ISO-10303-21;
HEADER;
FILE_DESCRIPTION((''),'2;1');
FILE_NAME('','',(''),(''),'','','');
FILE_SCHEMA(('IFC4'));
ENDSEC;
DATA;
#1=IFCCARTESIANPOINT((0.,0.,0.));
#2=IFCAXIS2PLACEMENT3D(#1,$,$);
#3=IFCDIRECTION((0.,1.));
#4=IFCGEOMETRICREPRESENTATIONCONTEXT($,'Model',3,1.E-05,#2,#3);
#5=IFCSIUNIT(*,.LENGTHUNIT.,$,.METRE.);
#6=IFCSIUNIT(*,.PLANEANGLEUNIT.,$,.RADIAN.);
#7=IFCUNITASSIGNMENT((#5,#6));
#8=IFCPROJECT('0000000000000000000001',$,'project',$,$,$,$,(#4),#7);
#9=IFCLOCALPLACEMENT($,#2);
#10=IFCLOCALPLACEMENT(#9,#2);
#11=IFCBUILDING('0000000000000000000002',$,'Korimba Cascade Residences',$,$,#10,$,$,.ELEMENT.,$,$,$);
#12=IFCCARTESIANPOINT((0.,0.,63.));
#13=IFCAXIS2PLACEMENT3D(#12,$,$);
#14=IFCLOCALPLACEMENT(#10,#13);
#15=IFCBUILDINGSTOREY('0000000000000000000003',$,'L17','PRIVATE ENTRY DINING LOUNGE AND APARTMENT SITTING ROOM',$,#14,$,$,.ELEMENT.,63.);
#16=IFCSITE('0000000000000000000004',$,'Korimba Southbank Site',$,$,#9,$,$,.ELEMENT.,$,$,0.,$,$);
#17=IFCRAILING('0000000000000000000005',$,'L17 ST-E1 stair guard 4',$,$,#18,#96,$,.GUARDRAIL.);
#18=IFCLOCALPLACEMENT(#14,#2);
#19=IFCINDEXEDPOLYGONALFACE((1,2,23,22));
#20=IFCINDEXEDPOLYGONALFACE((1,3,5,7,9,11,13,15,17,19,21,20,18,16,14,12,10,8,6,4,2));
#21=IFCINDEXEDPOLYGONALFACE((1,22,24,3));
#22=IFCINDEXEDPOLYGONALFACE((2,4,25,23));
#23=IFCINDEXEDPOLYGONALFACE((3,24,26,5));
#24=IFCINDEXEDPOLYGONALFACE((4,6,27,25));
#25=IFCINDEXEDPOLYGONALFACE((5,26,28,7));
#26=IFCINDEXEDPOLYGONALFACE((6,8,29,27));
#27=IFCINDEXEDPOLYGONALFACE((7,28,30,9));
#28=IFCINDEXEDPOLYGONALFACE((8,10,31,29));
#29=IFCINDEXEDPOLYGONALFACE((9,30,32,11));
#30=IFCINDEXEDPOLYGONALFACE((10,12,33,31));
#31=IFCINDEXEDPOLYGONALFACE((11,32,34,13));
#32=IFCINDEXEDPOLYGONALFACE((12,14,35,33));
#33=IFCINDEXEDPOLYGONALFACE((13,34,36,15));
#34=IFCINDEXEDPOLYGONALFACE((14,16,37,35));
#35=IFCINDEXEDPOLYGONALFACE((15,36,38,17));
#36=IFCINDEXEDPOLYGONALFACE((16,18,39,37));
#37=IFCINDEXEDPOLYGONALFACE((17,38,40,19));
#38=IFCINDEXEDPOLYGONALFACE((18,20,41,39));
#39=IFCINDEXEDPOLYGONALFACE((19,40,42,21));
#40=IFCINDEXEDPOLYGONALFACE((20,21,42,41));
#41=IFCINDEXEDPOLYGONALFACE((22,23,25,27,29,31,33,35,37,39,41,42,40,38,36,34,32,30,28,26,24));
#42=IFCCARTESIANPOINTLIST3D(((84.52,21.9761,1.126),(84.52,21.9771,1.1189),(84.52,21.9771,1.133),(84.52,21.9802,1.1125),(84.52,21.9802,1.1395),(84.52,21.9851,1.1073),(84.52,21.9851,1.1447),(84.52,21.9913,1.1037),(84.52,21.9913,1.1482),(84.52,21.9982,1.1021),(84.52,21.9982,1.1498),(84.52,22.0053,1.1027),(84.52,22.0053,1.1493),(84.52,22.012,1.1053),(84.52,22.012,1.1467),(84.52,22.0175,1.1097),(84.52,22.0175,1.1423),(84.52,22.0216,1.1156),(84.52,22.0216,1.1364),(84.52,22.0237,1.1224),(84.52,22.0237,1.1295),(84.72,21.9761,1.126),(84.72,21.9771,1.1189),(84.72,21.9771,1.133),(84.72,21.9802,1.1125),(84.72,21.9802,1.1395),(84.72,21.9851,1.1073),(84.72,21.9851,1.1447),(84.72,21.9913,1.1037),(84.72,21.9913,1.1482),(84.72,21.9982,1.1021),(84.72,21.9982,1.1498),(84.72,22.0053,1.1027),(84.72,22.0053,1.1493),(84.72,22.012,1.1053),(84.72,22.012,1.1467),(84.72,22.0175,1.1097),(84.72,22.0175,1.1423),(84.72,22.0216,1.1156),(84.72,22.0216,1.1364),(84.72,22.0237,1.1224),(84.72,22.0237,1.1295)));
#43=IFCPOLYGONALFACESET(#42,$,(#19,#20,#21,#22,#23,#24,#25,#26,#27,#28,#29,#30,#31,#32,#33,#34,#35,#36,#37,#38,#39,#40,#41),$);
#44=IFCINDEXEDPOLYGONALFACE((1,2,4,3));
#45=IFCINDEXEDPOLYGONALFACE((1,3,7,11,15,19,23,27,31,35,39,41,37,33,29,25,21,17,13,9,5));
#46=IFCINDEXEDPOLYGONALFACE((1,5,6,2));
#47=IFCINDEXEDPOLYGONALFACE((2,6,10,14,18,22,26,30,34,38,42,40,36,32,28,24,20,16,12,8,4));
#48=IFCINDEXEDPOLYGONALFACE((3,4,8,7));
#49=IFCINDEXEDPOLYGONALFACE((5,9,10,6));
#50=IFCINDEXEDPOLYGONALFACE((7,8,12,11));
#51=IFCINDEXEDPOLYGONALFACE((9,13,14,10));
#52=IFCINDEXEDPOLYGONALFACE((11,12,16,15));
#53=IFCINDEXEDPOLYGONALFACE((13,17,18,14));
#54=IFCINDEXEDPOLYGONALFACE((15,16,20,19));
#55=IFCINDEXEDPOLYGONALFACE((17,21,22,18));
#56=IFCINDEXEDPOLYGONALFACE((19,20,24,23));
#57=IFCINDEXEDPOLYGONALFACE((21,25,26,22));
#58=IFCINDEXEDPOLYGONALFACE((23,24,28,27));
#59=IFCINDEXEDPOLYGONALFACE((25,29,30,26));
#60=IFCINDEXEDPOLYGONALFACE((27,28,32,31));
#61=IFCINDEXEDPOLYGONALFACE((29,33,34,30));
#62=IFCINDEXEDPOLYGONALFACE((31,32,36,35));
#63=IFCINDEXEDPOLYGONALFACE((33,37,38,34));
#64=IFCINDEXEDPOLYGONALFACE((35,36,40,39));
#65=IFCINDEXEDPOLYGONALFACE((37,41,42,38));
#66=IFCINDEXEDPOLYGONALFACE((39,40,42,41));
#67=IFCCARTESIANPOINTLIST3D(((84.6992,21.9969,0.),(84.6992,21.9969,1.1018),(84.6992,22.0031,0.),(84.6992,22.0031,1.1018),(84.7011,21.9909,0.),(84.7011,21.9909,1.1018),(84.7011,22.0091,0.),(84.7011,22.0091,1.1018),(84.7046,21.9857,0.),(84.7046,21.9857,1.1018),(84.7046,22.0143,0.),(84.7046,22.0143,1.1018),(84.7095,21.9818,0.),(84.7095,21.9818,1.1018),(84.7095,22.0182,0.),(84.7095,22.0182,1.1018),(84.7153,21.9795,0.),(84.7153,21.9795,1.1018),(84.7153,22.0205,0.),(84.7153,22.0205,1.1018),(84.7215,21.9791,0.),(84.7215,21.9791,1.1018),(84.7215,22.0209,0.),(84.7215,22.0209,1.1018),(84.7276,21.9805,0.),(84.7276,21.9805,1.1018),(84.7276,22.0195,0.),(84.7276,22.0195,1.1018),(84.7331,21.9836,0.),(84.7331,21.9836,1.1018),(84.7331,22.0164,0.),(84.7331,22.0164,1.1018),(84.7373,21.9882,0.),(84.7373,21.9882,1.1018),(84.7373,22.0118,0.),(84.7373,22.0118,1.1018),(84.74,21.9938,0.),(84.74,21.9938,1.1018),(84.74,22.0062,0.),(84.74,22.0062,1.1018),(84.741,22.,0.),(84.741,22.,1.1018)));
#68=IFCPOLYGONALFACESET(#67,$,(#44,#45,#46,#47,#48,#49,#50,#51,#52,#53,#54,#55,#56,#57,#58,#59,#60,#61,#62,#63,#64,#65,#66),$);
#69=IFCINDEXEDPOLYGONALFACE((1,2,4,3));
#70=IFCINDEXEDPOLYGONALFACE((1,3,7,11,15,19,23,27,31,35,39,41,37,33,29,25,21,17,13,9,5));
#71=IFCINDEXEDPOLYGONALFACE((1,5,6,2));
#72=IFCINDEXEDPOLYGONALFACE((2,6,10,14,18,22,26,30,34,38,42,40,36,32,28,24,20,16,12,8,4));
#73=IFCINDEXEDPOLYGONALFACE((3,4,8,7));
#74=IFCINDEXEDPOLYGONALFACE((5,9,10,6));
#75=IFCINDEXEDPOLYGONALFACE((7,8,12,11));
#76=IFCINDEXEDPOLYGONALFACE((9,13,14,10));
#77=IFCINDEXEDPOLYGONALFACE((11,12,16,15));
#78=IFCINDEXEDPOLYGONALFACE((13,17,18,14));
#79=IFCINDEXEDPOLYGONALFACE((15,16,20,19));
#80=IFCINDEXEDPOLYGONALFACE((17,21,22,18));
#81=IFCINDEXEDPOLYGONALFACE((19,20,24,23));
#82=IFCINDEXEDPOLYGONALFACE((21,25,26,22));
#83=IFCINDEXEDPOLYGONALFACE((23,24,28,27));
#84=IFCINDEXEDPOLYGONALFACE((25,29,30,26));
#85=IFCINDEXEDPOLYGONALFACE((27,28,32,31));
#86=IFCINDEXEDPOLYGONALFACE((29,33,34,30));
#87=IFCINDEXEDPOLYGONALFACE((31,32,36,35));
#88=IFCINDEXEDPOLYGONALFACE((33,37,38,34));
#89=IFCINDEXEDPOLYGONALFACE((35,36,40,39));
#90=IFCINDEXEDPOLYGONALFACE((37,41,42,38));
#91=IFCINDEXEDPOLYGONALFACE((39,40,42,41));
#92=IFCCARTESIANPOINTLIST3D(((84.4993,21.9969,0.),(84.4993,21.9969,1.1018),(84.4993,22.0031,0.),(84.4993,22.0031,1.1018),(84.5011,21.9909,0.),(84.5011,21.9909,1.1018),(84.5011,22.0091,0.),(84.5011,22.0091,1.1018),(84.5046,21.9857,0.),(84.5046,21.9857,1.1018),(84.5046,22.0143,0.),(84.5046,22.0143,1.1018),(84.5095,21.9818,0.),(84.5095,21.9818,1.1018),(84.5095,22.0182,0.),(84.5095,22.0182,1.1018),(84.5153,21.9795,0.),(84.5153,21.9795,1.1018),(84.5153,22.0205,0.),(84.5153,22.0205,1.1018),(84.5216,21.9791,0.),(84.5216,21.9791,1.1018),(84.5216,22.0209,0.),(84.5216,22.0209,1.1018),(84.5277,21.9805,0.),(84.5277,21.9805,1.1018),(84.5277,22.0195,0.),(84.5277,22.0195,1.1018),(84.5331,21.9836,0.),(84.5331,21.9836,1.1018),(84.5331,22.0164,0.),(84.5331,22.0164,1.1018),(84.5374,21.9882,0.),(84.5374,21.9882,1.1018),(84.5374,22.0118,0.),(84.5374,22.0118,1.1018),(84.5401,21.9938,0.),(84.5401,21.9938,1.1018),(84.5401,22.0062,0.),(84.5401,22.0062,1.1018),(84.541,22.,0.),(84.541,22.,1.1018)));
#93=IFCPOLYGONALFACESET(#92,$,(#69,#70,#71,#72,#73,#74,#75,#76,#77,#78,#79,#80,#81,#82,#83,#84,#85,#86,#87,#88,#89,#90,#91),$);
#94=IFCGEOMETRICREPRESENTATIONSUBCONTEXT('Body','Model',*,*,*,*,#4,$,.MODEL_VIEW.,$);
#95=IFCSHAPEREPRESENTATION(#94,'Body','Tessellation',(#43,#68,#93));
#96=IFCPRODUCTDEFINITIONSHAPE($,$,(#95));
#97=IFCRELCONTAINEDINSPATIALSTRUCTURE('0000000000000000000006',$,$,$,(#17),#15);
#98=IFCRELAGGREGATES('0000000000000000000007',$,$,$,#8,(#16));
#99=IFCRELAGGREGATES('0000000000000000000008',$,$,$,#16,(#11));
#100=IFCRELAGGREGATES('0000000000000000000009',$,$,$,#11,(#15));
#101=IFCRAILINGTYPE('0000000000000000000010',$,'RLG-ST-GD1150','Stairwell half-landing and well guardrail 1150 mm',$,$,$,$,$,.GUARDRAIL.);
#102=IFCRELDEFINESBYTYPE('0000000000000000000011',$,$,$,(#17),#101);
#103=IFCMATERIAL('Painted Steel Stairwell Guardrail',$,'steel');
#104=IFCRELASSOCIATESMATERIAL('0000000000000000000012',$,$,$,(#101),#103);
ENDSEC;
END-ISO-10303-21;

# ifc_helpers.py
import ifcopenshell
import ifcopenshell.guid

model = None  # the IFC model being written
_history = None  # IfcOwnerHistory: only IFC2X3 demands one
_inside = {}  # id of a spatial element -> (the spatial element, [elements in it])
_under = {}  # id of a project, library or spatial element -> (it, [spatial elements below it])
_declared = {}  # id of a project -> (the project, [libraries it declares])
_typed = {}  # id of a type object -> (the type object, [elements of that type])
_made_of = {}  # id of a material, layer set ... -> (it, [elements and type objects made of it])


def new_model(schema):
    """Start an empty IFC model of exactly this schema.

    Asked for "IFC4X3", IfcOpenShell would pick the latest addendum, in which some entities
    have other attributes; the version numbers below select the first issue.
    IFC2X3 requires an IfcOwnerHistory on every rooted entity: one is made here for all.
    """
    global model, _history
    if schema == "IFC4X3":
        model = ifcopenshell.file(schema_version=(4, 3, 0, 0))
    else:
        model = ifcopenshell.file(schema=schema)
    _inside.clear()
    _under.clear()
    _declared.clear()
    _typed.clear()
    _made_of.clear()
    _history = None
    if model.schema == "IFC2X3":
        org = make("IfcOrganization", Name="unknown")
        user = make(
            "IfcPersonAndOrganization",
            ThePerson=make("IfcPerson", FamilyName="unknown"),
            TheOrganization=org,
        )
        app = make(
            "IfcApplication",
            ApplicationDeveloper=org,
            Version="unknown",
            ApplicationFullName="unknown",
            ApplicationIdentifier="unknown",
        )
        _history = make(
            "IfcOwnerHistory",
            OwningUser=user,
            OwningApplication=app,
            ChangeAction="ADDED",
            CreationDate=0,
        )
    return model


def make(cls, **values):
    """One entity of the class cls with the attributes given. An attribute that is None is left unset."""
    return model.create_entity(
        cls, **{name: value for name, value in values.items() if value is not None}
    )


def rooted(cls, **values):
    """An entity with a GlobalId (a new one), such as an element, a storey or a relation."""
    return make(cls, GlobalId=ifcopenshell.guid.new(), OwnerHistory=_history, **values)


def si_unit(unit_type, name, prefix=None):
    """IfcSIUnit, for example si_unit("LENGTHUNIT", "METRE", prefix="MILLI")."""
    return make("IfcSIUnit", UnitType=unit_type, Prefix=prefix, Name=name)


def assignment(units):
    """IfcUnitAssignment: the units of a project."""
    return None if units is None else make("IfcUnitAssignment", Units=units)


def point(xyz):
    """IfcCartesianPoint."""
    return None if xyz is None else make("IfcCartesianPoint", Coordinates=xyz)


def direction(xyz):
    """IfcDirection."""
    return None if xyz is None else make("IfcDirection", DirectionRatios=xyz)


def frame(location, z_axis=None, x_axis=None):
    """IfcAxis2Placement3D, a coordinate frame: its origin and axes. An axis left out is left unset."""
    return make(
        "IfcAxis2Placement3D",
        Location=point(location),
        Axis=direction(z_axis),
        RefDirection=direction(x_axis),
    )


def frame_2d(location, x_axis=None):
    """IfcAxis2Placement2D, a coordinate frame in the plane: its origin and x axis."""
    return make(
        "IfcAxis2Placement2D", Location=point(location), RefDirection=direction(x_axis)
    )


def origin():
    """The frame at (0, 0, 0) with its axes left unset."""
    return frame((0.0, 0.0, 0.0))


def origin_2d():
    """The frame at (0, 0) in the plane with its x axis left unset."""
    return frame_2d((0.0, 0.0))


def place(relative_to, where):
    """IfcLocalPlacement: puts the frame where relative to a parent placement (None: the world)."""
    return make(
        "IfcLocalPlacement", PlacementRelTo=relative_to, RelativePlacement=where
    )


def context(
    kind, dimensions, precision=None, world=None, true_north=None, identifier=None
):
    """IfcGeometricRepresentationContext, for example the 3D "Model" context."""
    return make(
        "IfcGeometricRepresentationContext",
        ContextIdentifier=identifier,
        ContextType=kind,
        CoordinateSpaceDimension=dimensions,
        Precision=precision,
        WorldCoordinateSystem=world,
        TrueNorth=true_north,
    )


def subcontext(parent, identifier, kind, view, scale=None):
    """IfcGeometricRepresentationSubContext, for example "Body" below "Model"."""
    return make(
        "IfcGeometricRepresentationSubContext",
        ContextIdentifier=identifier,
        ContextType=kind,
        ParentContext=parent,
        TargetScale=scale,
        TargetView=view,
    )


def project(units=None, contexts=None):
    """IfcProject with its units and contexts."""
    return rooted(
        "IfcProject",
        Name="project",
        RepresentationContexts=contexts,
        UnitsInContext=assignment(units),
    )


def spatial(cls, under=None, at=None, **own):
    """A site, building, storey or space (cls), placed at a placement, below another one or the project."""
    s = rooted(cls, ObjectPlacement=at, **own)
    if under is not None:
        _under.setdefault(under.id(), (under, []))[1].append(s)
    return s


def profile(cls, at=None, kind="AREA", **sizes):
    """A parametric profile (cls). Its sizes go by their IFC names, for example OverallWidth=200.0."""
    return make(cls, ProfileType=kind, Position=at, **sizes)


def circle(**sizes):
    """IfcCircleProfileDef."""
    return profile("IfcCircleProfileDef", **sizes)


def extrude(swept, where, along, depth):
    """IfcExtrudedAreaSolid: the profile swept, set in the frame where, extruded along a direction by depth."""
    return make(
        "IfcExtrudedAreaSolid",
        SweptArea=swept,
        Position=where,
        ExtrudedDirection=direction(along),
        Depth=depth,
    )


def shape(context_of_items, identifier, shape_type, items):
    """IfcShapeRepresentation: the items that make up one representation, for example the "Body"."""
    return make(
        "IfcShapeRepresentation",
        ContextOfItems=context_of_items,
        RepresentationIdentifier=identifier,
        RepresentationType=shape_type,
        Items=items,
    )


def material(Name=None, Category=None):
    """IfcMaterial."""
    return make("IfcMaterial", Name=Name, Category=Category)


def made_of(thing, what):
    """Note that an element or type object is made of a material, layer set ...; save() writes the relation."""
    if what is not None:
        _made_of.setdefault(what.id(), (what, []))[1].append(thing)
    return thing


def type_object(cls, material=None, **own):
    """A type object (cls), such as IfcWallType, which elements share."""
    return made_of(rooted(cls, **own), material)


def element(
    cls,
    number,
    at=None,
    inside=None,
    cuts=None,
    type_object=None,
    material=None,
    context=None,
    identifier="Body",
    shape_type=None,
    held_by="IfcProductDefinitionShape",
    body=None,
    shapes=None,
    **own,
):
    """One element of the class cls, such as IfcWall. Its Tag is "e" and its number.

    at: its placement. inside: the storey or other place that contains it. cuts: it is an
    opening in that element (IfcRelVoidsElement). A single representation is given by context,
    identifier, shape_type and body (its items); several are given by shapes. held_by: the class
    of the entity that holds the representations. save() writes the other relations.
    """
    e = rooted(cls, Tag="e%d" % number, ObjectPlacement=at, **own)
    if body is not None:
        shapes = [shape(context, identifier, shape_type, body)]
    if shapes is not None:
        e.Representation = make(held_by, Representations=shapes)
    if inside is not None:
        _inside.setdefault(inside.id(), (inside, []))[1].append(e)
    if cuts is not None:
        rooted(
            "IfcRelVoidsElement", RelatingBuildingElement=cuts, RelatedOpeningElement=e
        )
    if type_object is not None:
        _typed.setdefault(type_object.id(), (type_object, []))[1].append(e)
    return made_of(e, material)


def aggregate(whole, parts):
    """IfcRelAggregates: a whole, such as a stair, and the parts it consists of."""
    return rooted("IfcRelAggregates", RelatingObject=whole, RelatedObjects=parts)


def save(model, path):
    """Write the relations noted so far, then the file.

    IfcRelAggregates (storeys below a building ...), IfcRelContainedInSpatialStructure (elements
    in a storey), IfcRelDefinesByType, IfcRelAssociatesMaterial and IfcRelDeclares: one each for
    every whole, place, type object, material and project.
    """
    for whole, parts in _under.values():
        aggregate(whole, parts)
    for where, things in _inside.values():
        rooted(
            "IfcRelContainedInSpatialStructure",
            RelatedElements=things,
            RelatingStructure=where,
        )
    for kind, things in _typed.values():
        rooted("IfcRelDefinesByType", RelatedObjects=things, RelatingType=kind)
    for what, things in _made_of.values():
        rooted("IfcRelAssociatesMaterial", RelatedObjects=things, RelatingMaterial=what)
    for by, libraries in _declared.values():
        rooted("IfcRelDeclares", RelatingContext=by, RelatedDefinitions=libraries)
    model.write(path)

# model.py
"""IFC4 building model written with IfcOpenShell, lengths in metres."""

from ifc_helpers import new_model, si_unit, direction, frame, origin, origin_2d, place, context, subcontext, project, spatial, circle, extrude, material, type_object, element, save


model = new_model("IFC4")

# Units and contexts
model_context = context("Model", 3, precision=1e-05, world=origin(), true_north=direction((0.0, 1.0)))
body_context = subcontext(model_context, "Body", "Model", "MODEL_VIEW")
ifc_project = project(units=[si_unit("LENGTHUNIT", "METRE"), si_unit("PLANEANGLEUNIT", "RADIAN")], contexts=[model_context])

# Site, building, storey
site_placement = place(None, origin())
site = spatial("IfcSite", under=ifc_project, at=site_placement, Name="Korimba Southbank Site", CompositionType="ELEMENT", RefElevation=0.0)
building_placement = place(site_placement, origin())
building = spatial("IfcBuilding", under=site, at=building_placement, Name="Korimba Cascade Residences", CompositionType="ELEMENT")
storey_placement = place(building_placement, frame((0.0, 0.0, 63.0)))
storey = spatial("IfcBuildingStorey", under=building, at=storey_placement, Name="L17", Description="PRIVATE ENTRY DINING LOUNGE AND APARTMENT SITTING ROOM", CompositionType="ELEMENT", Elevation=63.0)

# Railing
ifc_material_1 = material(Name="Painted Steel Stairwell Guardrail", Category="steel")
railing_type = type_object("IfcRailingType", Name="RLG-ST-GD1150", Description="Stairwell half-landing and well guardrail 1150 mm", PredefinedType="GUARDRAIL", material=ifc_material_1)
railing_1_placement = place(storey_placement, frame((84.72, 22.0, 0.0)))
element("IfcRailing", 1, at=railing_1_placement, inside=storey, type_object=railing_type, Name="L17 ST-E1 stair guard 4", PredefinedType="GUARDRAIL", context=body_context, shape_type="SweptSolid", body=[
    extrude(circle(Radius=0.0239, at=origin_2d()), frame((0.0, 0.0, 1.126), z_axis=(-1.0, 0.0, 0.0), x_axis=(0.0, -1.0, 0.0)), (0.0, 0.0, 1.0), 0.2),
    extrude(circle(Radius=0.021, at=origin_2d()), origin(), (0.0, 0.0, 1.0), 1.1018),
    extrude(circle(Radius=0.021, at=origin_2d()), frame((-0.2, 0.0, 0.0)), (0.0, 0.0, 1.0), 1.1018),
])

save(model, "model.ifc")
